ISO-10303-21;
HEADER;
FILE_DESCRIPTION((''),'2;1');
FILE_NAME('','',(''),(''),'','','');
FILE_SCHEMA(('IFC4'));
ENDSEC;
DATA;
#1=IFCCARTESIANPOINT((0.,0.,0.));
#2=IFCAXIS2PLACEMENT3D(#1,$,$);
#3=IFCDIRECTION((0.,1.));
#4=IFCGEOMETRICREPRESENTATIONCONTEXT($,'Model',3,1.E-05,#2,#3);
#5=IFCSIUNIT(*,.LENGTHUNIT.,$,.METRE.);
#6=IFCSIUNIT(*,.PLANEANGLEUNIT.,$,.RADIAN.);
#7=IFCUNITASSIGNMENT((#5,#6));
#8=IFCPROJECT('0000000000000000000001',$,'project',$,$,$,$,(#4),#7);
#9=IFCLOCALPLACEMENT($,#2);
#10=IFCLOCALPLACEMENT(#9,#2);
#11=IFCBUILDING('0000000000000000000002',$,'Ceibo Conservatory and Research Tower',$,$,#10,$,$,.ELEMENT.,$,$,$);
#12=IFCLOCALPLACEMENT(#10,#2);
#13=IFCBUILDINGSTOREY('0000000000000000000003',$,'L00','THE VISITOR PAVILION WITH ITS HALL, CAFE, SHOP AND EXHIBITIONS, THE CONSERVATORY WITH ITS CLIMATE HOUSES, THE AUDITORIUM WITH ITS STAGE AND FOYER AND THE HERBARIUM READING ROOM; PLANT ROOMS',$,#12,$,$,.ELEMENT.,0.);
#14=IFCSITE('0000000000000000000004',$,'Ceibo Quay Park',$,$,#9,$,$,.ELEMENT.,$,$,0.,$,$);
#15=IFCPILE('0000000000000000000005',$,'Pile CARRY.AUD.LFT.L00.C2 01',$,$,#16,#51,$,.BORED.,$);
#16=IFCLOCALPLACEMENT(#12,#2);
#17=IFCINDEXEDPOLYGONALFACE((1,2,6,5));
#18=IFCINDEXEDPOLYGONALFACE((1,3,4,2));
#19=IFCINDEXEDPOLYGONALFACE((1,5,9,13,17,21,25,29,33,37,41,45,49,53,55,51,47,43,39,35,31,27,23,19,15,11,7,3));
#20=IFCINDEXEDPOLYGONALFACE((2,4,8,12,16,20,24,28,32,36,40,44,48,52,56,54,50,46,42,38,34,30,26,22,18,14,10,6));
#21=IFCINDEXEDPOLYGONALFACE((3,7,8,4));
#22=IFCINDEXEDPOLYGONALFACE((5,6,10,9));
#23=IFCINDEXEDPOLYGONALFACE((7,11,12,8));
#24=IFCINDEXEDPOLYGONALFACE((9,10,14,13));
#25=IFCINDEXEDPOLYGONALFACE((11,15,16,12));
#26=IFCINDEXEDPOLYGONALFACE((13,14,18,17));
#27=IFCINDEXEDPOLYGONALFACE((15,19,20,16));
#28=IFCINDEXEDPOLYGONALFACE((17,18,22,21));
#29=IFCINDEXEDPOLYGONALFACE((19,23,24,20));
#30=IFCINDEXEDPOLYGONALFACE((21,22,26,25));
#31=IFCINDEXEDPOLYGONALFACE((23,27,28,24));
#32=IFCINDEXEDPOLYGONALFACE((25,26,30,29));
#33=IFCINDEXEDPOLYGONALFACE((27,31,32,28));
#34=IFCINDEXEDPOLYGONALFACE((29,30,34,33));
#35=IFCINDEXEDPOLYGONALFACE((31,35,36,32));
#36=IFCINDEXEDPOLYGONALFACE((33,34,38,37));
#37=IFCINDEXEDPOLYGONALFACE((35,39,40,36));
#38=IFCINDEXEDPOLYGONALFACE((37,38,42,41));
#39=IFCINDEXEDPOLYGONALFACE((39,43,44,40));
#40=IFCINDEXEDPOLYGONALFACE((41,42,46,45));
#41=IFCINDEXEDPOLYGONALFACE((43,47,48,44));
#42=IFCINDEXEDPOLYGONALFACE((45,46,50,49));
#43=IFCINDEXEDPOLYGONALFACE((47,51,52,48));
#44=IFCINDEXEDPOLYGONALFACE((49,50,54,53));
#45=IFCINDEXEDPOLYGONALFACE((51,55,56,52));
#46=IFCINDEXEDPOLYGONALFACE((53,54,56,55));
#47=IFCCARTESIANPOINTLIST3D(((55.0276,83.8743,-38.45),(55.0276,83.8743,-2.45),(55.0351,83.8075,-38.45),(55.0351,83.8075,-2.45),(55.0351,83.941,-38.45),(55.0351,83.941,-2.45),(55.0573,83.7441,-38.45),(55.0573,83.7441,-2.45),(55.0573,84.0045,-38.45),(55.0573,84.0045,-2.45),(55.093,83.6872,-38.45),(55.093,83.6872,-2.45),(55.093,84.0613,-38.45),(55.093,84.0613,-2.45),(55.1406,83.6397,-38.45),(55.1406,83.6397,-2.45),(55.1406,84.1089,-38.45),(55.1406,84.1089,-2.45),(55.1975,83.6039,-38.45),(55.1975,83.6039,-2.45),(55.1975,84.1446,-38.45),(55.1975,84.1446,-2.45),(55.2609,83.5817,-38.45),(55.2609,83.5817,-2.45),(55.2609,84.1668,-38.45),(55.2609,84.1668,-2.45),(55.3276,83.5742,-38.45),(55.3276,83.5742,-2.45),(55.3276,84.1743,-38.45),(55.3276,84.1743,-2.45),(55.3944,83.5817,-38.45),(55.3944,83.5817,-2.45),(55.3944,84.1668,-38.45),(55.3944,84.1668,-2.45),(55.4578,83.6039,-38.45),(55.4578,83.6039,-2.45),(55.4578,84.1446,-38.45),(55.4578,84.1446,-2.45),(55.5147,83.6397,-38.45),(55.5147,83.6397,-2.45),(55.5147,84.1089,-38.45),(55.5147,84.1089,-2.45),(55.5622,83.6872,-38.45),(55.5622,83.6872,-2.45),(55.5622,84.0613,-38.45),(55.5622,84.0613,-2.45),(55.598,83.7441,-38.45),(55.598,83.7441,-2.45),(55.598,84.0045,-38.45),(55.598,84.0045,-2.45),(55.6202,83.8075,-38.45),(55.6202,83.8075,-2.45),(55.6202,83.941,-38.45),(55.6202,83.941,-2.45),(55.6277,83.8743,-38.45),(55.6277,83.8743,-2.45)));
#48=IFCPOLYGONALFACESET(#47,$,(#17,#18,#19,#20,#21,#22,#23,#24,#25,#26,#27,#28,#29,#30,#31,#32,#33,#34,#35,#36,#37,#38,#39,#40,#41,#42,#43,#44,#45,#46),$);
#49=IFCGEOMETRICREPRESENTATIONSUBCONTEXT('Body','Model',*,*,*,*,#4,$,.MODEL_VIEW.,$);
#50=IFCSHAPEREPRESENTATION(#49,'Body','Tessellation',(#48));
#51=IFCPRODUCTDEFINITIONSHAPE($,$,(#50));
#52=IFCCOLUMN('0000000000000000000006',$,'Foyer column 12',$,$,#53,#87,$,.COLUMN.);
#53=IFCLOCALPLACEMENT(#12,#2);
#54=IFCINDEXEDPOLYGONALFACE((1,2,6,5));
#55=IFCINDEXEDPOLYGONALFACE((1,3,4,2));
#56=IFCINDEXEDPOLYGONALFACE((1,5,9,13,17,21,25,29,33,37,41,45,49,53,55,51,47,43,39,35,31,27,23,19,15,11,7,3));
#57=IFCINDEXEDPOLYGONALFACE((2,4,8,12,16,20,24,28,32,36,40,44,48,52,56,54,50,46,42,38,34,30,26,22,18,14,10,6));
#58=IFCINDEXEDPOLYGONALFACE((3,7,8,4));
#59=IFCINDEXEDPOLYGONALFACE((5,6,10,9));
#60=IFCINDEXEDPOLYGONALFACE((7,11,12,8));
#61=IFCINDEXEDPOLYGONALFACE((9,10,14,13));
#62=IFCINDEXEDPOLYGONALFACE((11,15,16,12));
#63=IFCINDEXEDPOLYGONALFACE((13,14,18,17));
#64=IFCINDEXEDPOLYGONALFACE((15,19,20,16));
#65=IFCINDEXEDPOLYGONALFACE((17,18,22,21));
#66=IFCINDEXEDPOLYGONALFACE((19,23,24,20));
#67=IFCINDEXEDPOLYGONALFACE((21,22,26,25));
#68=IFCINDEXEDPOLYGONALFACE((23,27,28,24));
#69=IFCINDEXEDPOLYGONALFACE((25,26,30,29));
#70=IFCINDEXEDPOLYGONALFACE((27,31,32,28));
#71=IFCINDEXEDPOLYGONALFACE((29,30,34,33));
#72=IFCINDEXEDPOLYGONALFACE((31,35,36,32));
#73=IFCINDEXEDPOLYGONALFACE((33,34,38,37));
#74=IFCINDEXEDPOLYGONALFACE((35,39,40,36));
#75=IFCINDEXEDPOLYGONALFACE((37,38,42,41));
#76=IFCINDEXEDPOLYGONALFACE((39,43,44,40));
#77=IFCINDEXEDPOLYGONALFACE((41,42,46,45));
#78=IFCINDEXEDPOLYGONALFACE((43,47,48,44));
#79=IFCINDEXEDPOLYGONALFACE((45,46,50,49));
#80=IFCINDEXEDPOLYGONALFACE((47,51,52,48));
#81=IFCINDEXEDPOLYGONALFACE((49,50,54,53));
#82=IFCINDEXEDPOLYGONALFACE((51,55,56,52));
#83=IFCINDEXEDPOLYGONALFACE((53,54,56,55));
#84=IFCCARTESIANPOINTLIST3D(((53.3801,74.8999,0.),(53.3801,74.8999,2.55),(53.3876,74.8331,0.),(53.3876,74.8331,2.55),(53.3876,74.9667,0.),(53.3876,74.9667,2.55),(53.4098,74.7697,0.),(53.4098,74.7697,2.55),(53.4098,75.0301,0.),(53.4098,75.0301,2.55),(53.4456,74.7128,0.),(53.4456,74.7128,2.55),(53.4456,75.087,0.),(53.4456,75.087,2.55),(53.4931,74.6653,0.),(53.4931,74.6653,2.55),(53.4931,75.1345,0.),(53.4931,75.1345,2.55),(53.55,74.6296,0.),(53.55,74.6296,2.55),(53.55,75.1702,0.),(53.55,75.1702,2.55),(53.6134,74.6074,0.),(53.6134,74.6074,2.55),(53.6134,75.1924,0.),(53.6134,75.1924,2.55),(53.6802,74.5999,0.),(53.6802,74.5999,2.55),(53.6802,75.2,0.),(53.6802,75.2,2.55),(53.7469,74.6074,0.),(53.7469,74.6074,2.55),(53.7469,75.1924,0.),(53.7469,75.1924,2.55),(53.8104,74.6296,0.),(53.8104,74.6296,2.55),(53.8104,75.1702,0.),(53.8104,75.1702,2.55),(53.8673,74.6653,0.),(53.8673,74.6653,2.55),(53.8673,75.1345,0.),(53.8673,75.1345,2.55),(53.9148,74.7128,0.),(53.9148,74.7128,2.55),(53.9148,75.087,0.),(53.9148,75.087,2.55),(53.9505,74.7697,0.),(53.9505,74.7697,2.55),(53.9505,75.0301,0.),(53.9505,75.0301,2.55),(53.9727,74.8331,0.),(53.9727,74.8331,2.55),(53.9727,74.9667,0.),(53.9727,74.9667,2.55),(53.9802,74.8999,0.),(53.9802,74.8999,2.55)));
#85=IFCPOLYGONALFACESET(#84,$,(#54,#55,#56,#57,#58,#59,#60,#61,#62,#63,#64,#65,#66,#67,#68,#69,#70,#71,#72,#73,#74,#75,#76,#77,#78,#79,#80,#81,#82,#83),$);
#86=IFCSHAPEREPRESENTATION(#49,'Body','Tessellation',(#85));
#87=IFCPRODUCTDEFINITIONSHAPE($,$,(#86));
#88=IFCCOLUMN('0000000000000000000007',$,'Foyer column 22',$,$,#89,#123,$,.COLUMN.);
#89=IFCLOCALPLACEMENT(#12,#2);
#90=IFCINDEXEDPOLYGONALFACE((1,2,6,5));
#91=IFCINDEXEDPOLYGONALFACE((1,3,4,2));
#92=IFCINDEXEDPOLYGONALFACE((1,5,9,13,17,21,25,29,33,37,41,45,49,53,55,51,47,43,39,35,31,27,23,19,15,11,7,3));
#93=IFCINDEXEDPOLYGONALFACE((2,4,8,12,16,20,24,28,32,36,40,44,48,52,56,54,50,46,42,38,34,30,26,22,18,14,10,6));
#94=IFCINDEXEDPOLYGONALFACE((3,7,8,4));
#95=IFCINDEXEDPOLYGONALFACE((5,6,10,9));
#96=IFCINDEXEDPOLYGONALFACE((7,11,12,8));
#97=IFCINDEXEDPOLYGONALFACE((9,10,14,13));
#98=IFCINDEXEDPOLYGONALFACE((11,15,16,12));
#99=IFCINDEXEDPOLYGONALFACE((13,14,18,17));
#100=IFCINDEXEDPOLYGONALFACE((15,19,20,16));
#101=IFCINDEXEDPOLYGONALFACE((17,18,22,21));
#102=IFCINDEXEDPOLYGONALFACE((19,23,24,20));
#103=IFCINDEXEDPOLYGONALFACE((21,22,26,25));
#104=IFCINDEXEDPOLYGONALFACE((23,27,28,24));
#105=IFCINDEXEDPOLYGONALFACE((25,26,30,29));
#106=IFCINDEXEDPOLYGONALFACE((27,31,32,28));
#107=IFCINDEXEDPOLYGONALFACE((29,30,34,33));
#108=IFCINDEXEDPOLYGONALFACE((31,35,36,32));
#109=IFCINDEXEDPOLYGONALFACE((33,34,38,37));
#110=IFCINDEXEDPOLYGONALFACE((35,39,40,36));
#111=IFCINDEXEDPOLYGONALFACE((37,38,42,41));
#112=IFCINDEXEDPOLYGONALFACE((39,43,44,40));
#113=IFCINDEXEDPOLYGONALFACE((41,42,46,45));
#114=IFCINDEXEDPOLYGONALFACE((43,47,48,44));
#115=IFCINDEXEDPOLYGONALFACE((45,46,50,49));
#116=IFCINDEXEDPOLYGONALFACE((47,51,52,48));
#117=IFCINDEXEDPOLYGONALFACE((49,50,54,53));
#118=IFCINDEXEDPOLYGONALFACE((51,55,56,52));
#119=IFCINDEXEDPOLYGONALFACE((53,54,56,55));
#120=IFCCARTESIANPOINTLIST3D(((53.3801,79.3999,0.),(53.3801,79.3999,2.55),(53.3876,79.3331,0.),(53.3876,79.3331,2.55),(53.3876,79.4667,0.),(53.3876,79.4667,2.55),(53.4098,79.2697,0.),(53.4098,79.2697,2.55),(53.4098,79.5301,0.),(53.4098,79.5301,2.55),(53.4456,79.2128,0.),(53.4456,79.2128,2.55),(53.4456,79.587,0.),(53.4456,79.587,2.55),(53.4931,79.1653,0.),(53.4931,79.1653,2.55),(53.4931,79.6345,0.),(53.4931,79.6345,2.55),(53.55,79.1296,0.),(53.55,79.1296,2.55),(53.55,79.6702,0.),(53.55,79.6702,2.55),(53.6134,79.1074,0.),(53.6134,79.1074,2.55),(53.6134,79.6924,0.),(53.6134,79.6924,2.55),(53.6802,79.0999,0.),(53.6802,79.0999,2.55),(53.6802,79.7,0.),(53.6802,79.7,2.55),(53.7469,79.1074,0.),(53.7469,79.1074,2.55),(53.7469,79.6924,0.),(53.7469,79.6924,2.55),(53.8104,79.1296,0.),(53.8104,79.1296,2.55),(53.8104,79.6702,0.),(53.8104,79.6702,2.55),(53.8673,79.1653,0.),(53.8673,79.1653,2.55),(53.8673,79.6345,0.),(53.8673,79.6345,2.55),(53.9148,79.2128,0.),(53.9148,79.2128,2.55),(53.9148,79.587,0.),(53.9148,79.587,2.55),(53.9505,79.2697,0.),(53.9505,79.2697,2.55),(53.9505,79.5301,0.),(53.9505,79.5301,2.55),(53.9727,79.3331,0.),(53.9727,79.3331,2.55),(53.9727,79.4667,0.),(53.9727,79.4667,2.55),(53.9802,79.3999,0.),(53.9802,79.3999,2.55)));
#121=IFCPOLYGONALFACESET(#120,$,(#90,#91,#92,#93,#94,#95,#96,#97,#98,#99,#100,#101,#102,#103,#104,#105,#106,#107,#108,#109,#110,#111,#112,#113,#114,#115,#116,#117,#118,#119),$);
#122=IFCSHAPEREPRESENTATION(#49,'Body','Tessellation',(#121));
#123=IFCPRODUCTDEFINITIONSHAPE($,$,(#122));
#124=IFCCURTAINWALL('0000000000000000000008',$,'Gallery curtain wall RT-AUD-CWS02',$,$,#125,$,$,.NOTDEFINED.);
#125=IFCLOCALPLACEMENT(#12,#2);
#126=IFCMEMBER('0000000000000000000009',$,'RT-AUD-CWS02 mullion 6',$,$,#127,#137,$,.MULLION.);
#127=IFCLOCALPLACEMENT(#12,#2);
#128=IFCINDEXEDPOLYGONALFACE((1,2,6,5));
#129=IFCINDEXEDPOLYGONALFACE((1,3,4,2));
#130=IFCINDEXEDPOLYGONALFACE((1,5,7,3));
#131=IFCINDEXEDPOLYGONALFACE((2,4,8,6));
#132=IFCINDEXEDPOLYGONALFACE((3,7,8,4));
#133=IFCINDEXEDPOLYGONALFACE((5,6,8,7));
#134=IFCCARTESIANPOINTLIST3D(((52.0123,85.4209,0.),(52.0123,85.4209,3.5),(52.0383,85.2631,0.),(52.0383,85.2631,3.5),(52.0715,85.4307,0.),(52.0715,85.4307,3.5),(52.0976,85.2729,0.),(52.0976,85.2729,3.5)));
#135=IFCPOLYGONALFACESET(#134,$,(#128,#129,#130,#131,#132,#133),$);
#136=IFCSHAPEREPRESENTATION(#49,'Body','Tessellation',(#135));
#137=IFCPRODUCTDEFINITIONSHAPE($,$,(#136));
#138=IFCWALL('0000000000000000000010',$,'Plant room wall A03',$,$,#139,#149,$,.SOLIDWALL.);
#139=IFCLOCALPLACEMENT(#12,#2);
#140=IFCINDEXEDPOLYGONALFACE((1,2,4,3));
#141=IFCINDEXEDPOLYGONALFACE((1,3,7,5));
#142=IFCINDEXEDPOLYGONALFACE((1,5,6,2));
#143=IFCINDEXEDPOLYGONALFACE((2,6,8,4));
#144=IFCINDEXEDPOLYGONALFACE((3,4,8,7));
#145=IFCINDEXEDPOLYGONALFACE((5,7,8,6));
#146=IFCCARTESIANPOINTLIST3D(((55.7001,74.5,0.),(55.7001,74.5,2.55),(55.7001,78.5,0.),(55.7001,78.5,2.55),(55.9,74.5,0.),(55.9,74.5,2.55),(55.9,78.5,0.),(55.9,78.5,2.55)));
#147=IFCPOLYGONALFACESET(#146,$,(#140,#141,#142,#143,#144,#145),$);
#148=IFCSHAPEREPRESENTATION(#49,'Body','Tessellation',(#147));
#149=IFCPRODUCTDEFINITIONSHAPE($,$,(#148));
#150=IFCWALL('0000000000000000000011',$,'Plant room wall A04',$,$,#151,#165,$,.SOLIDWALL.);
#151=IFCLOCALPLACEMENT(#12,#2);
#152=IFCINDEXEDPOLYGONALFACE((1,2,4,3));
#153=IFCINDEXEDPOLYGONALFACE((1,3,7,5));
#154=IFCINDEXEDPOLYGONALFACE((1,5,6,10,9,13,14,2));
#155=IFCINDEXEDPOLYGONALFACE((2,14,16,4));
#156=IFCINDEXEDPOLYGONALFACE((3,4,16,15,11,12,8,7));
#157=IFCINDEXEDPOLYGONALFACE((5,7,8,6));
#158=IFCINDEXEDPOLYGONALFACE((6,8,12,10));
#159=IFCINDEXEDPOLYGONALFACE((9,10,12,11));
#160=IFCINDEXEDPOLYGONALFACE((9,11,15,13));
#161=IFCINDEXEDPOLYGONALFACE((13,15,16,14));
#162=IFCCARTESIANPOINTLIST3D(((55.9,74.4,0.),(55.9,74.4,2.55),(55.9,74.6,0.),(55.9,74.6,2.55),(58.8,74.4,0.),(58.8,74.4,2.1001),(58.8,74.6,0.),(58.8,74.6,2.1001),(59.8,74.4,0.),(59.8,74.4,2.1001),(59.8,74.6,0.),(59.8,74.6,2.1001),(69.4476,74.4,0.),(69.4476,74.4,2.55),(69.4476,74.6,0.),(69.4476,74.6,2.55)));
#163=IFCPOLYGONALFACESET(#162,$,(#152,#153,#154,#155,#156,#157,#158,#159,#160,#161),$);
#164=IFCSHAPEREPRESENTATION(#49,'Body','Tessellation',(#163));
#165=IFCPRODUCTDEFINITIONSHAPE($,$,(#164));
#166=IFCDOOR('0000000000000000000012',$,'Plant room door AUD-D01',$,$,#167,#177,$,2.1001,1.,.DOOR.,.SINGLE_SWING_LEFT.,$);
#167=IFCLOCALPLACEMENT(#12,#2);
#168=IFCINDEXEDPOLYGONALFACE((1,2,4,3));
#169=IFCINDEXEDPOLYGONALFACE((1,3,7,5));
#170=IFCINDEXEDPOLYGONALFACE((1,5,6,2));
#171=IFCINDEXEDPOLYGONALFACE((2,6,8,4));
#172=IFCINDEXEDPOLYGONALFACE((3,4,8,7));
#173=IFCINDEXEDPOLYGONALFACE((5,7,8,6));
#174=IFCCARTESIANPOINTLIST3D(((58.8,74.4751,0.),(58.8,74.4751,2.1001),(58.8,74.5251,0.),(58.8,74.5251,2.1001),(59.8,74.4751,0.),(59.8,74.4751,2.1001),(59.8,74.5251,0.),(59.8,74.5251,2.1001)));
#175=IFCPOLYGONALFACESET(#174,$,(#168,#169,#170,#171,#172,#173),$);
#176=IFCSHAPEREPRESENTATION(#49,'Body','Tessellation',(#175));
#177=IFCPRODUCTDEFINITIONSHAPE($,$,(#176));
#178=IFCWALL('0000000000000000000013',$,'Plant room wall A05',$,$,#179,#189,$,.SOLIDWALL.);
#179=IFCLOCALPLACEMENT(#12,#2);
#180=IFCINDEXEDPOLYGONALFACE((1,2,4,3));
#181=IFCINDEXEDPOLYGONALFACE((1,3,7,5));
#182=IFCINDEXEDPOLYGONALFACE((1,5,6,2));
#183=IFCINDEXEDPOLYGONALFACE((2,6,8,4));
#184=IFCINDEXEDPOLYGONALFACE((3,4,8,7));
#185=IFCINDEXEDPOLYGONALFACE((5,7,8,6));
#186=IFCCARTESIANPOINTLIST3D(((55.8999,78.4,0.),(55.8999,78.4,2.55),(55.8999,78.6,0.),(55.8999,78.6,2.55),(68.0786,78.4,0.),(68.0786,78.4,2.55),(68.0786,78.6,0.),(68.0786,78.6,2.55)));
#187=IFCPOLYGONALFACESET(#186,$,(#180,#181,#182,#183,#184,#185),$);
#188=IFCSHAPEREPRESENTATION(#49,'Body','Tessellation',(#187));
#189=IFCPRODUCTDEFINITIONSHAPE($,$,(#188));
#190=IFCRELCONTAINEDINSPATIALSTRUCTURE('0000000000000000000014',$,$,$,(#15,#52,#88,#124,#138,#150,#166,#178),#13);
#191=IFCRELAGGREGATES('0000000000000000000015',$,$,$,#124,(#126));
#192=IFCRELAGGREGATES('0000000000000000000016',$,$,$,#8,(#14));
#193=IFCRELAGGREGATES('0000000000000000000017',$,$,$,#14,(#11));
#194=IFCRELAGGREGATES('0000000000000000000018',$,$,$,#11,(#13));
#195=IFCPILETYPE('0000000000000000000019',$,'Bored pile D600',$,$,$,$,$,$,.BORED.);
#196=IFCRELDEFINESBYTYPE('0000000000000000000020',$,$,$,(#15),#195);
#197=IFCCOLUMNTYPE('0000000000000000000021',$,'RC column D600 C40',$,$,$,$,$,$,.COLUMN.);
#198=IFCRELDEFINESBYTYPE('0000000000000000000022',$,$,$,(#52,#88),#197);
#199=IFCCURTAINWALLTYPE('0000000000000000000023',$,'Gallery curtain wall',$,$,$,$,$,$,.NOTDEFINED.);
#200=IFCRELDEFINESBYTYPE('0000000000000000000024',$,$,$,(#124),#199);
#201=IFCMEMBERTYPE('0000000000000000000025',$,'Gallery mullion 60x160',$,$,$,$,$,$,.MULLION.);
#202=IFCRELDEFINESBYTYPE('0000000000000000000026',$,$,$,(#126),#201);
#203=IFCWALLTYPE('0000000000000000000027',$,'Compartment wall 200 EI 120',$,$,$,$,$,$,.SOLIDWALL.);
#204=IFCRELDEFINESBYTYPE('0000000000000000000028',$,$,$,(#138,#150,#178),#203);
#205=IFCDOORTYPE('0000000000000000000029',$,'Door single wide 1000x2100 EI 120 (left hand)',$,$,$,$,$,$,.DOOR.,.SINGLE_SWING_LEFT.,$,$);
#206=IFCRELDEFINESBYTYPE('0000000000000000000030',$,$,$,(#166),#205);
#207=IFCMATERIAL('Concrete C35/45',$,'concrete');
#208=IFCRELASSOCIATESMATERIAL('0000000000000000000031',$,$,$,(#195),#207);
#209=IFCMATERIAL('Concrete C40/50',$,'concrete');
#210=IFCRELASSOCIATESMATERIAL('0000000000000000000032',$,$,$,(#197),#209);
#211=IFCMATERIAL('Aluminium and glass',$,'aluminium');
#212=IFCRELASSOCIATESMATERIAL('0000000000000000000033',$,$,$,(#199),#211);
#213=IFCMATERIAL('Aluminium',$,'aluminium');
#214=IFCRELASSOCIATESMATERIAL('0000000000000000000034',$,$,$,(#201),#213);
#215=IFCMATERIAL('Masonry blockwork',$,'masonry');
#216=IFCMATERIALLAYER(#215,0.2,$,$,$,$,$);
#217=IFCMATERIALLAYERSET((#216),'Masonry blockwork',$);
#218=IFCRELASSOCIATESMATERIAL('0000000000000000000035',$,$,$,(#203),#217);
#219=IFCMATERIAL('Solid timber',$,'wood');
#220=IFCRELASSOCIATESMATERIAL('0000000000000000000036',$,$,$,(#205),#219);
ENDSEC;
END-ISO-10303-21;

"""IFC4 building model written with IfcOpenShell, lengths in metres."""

from ifc_helpers import new_model, si_unit, direction, frame, frame_2d, origin, origin_2d, place, context, subcontext, project, spatial, rectangle, circle, extrude, material, layer, layer_set, material_profile, profile_set, type_object, element, fill, aggregate, save


model = new_model("IFC4")

# Units and contexts
model_context = context("Model", 3, precision=1e-05, world=origin(), true_north=direction((0.0, 1.0)))
body_context = subcontext(model_context, "Body", "Model", "MODEL_VIEW")
ifc_project = project(units=[si_unit("LENGTHUNIT", "METRE"), si_unit("PLANEANGLEUNIT", "RADIAN")], contexts=[model_context])

# Site, building, storey
site_placement = place(None, origin())
site = spatial("IfcSite", under=ifc_project, at=site_placement, Name="Ceibo Quay Park", CompositionType="ELEMENT", RefElevation=0.0)
building_placement = place(site_placement, origin())
building = spatial("IfcBuilding", under=site, at=building_placement, Name="Ceibo Conservatory and Research Tower", CompositionType="ELEMENT")
storey_placement = place(building_placement, origin())
storey = spatial("IfcBuildingStorey", under=building, at=storey_placement, Name="L00", Description="THE VISITOR PAVILION WITH ITS HALL, CAFE, SHOP AND EXHIBITIONS, THE CONSERVATORY WITH ITS CLIMATE HOUSES, THE AUDITORIUM WITH ITS STAGE AND FOYER AND THE HERBARIUM READING ROOM; PLANT ROOMS", CompositionType="ELEMENT", Elevation=0.0)

# Pile
ifc_material_1 = material(Name="Concrete C35/45", Category="concrete")
ifc_material_profile_1 = material_profile(ifc_material_1, circle(Radius=0.3, at=origin_2d()), Name="RC D600")
ifc_profile_set_1 = profile_set([ifc_material_profile_1], Name="Concrete C35/45")
pile_type = type_object("IfcPileType", Name="Bored pile D600", PredefinedType="BORED", material=ifc_profile_set_1)
for number, where, z_axis, x_axis, name in (
    (1, (55.3276, 83.8743, -2.45), (0.0, 0.0, -1.0), (1.0, 0.0, 0.0), "Pile CARRY.AUD.LFT.L00.C2 01"),
):
    element("IfcPile", number, at=place(storey_placement, frame(where, z_axis=z_axis, x_axis=x_axis)), inside=storey, type_object=pile_type, Name=name, PredefinedType="BORED", context=body_context, shape_type="SweptSolid", body=[
        extrude(circle(Radius=0.3, at=origin_2d()), origin(), (0.0, 0.0, 1.0), 36.0),
    ])

# Columns
ifc_material_2 = material(Name="Concrete C40/50", Category="concrete")
ifc_material_profile_2 = material_profile(ifc_material_2, circle(Radius=0.3, at=origin_2d()), Name="RC D600")
ifc_profile_set_2 = profile_set([ifc_material_profile_2], Name="Concrete C40/50")
column_type = type_object("IfcColumnType", Name="RC column D600 C40", PredefinedType="COLUMN", material=ifc_profile_set_2)
for number, where, z_axis, x_axis, name in (
    (2, (53.6802, 74.8999, 0.0), (0.0, 0.0, 1.0), (1.0, 0.0, 0.0), "Foyer column 12"),
    (3, (53.6802, 79.3999, 0.0), (0.0, 0.0, 1.0), (1.0, 0.0, 0.0), "Foyer column 22"),
):
    element("IfcColumn", number, at=place(storey_placement, frame(where, z_axis=z_axis, x_axis=x_axis)), inside=storey, type_object=column_type, Name=name, PredefinedType="COLUMN", context=body_context, shape_type="SweptSolid", body=[
        extrude(circle(Radius=0.3, at=origin_2d()), origin(), (0.0, 0.0, 1.0), 2.55),
    ])

# Curtain wall, member
ifc_material_3 = material(Name="Aluminium and glass", Category="aluminium")
curtain_wall_type = type_object("IfcCurtainWallType", Name="Gallery curtain wall", PredefinedType="NOTDEFINED", material=ifc_material_3)
curtain_wall_placement = place(storey_placement, origin())
curtain_wall = element("IfcCurtainWall", 4, at=curtain_wall_placement, inside=storey, type_object=curtain_wall_type, Name="Gallery curtain wall RT-AUD-CWS02", PredefinedType="NOTDEFINED")
ifc_material_4 = material(Name="Aluminium", Category="aluminium")
ifc_material_profile_3 = material_profile(ifc_material_4, rectangle(XDim=0.0601, YDim=0.1599, at=origin_2d()), Name="AL 60x160")
ifc_profile_set_3 = profile_set([ifc_material_profile_3], Name="Aluminium")
member_type = type_object("IfcMemberType", Name="Gallery mullion 60x160", PredefinedType="MULLION", material=ifc_profile_set_3)
member_placement = place(storey_placement, frame((52.0549, 85.3469, 0.0), z_axis=(0.0, 0.0, 1.0), x_axis=(0.986643, 0.162895, 0.0)))
member = element("IfcMember", 5, at=member_placement, type_object=member_type, Name="RT-AUD-CWS02 mullion 6", PredefinedType="MULLION", context=body_context, shape_type="SweptSolid", body=[
    extrude(rectangle(XDim=0.0601, YDim=0.1599, at=origin_2d()), origin(), (0.0, 0.0, 1.0), 3.5),
])
aggregate(curtain_wall, [member])

# Wall
ifc_material_5 = material(Name="Masonry blockwork", Category="masonry")
ifc_layer_1 = layer(ifc_material_5, 0.2)
ifc_layer_set_1 = layer_set([ifc_layer_1], Name="Masonry blockwork")
wall_type_1 = type_object("IfcWallType", Name="Compartment wall 200 EI 120", PredefinedType="SOLIDWALL", material=ifc_layer_set_1)
wall_1_placement = place(storey_placement, frame((55.8, 74.5, 0.0), z_axis=(0.0, 0.0, 1.0), x_axis=(0.0, 1.0, 0.0)))
element("IfcWall", 6, at=wall_1_placement, inside=storey, type_object=wall_type_1, Name="Plant room wall A03", PredefinedType="SOLIDWALL", context=body_context, shape_type="SweptSolid", body=[
    extrude(rectangle(XDim=4.0, YDim=0.2, at=frame_2d((2.0, 0.0))), origin(), (0.0, 0.0, 1.0), 2.55),
])

# Wall, opening, door
wall_2_placement = place(storey_placement, frame((55.8999, 74.5, 0.0), z_axis=(0.0, 0.0, 1.0), x_axis=(1.0, 0.0, 0.0)))
wall_2 = element("IfcWall", 7, at=wall_2_placement, inside=storey, type_object=wall_type_1, Name="Plant room wall A04", PredefinedType="SOLIDWALL", context=body_context, shape_type="SweptSolid", body=[
    extrude(rectangle(XDim=13.5476, YDim=0.2, at=frame_2d((6.7739, 0.0))), origin(), (0.0, 0.0, 1.0), 2.55),
])
opening_1_placement = place(wall_2_placement, frame((2.9001, 0.0, 0.0)))
opening_1 = element("IfcOpeningElement", 8, at=opening_1_placement, cuts=wall_2, PredefinedType="OPENING", context=body_context, shape_type="SweptSolid", body=[
    extrude(rectangle(XDim=1.0, YDim=2.1001, at=frame_2d((0.5, 1.05))), frame((0.0, 0.1099, 0.0), z_axis=(0.0, -1.0, 0.0), x_axis=(1.0, 0.0, 0.0)), (0.0, 0.0, 1.0), 0.22),
])
ifc_material_6 = material(Name="Solid timber", Category="wood")
door_type = type_object("IfcDoorType", Name="Door single wide 1000x2100 EI 120 (left hand)", OperationType="SINGLE_SWING_LEFT", PredefinedType="DOOR", material=ifc_material_6)
door_placement = place(opening_1_placement, frame((1.0, 0.0, 0.0), z_axis=(0.0, 0.0, 1.0), x_axis=(-1.0, 0.0, 0.0)))
door = element("IfcDoor", 9, at=door_placement, inside=storey, type_object=door_type, Name="Plant room door AUD-D01", OperationType="SINGLE_SWING_LEFT", OverallHeight=2.1001, OverallWidth=1.0, PredefinedType="DOOR", context=body_context, shape_type="SweptSolid", body=[
    extrude(rectangle(XDim=1.0, YDim=2.1001, at=frame_2d((0.5, 1.05))), frame((0.0, 0.0249, 0.0), z_axis=(0.0, -1.0, 0.0), x_axis=(1.0, 0.0, 0.0)), (0.0, 0.0, 1.0), 0.05),
])
fill(opening_1, door)

# Wall
wall_3_placement = place(storey_placement, frame((55.8999, 78.5, 0.0), z_axis=(0.0, 0.0, 1.0), x_axis=(1.0, 0.0, 0.0)))
element("IfcWall", 10, at=wall_3_placement, inside=storey, type_object=wall_type_1, Name="Plant room wall A05", PredefinedType="SOLIDWALL", context=body_context, shape_type="SweptSolid", body=[
    extrude(rectangle(XDim=12.1787, YDim=0.2, at=frame_2d((6.0894, 0.0))), origin(), (0.0, 0.0, 1.0), 2.55),
])

save(model, "model.ifc")
